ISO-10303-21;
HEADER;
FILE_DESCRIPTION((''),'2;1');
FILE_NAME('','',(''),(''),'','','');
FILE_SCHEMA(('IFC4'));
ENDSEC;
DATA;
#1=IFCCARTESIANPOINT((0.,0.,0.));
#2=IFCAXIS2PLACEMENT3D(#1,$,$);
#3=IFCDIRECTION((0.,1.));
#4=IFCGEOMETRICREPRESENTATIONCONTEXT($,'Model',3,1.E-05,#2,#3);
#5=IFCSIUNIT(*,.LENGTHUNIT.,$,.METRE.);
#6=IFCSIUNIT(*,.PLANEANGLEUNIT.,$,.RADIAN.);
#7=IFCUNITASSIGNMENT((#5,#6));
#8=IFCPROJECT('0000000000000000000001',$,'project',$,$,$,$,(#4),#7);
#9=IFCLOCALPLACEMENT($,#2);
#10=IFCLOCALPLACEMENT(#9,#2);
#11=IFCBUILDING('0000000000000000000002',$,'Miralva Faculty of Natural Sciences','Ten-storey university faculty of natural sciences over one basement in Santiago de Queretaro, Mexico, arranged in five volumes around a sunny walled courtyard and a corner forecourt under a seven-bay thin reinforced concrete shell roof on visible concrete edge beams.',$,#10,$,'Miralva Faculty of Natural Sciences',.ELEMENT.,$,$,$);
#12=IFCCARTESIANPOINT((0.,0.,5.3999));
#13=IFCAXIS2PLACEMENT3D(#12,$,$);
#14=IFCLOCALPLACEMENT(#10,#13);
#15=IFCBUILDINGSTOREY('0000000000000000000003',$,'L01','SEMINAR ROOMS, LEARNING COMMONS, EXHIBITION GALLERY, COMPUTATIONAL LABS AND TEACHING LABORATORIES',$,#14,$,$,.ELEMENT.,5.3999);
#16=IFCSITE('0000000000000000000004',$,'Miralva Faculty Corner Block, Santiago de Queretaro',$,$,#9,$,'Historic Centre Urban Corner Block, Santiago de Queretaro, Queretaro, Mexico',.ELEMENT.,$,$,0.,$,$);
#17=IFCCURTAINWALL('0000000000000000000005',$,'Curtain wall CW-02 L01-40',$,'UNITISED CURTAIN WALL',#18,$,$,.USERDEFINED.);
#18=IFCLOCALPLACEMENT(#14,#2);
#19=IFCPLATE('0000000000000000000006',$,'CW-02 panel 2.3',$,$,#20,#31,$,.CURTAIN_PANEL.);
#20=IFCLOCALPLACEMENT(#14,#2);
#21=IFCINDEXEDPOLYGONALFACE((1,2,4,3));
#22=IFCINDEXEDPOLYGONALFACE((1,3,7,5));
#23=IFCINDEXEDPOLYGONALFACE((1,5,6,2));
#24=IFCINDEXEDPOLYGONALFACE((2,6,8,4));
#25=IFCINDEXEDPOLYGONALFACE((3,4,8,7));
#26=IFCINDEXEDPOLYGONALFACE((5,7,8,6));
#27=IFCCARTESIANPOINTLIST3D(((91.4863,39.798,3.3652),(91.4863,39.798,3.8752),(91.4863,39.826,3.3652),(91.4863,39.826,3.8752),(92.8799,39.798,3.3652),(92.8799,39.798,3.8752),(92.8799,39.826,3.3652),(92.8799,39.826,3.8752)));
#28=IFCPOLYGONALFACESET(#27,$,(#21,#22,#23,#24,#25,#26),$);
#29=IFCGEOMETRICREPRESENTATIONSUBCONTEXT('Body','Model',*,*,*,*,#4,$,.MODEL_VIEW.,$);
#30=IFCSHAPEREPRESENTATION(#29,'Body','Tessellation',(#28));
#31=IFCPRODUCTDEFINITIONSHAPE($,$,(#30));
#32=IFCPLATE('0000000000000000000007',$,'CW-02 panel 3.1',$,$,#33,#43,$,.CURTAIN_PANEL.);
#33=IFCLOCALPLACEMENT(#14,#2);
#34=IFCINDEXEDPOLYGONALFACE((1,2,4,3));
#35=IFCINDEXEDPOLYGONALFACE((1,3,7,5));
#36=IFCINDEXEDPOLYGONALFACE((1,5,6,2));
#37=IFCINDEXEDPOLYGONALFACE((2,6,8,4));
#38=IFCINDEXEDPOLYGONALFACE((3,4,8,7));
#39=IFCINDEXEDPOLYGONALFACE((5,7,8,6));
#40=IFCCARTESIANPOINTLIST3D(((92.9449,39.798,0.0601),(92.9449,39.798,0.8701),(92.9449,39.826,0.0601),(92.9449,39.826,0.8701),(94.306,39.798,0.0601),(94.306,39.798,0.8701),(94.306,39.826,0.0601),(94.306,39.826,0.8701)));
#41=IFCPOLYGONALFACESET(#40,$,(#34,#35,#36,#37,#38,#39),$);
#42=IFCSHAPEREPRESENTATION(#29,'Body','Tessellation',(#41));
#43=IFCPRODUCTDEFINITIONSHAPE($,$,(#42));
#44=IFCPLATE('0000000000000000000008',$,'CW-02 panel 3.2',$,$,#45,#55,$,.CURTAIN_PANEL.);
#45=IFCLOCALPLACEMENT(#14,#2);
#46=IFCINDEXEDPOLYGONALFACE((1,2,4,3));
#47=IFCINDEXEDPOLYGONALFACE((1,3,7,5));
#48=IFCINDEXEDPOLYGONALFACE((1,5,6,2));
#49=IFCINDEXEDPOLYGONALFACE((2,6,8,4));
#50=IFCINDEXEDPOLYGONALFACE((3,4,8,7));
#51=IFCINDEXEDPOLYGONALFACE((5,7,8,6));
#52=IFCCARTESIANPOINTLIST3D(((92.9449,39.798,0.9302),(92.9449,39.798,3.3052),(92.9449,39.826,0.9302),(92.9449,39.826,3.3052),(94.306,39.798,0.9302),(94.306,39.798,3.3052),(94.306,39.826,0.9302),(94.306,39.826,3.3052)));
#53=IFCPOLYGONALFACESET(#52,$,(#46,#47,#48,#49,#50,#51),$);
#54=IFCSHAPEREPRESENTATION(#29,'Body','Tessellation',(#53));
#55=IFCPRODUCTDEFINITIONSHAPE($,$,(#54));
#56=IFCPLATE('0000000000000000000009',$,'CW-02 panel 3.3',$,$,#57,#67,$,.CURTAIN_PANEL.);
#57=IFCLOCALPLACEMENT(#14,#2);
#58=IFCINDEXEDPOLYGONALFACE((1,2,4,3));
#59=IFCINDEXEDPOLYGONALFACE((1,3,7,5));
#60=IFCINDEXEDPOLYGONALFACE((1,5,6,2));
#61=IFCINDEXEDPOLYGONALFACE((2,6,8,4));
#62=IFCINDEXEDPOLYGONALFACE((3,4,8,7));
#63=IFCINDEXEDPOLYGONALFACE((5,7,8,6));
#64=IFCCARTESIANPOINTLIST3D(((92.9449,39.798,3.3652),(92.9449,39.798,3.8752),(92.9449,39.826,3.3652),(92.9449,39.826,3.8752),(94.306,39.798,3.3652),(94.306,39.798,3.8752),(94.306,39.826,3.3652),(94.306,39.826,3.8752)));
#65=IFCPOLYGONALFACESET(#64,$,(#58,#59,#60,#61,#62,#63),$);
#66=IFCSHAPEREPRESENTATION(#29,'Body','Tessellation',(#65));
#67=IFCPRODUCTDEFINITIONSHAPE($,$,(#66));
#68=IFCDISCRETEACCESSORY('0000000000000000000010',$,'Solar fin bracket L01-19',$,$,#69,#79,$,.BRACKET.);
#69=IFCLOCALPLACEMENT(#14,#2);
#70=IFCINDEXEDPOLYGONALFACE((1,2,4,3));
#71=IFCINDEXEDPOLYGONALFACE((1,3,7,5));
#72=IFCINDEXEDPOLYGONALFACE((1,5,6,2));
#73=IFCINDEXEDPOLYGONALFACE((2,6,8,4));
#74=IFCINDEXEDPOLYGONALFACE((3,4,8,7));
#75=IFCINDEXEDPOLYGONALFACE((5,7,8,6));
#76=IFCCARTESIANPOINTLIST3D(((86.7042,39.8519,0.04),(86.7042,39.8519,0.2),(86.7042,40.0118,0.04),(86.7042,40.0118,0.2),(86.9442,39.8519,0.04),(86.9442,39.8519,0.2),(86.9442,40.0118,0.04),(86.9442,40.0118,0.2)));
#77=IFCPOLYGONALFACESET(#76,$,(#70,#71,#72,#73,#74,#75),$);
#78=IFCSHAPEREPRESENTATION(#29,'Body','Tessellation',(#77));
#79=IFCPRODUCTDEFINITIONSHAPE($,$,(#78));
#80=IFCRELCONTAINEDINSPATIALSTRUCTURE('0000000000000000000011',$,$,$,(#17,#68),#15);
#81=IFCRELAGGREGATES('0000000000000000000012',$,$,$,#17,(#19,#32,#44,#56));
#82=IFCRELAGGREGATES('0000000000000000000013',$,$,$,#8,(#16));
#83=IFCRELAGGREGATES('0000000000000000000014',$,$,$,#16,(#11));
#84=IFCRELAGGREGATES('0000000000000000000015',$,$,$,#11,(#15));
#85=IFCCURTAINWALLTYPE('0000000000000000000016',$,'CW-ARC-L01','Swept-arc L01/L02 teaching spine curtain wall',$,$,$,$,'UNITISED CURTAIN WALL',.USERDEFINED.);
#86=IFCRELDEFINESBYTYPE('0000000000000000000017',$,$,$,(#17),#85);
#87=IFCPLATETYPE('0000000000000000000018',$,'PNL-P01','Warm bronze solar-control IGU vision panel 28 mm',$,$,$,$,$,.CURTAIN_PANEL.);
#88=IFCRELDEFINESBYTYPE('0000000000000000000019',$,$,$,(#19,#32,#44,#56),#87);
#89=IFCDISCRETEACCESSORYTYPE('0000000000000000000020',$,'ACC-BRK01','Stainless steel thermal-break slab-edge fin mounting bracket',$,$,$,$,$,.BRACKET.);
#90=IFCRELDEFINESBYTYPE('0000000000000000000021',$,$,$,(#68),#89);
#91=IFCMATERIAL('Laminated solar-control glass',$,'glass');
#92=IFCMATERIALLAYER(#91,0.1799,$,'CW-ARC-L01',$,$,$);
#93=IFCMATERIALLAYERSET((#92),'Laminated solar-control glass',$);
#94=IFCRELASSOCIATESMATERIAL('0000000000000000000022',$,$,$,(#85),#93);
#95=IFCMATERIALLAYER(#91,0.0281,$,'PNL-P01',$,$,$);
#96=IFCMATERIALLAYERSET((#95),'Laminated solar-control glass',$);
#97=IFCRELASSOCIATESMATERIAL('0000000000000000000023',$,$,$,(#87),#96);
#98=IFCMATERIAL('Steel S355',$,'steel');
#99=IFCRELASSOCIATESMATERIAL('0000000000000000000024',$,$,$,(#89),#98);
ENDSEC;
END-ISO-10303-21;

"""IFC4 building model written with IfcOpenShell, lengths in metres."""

from ifc_helpers import new_model, si_unit, direction, frame, origin, origin_2d, place, context, subcontext, project, spatial, rectangle, extrude, material, layer, layer_set, type_object, element, aggregate, save


model = new_model("IFC4")

# Units and contexts
model_context = context("Model", 3, precision=1e-05, world=origin(), true_north=direction((0.0, 1.0)))
body_context = subcontext(model_context, "Body", "Model", "MODEL_VIEW")
ifc_project = project(units=[si_unit("LENGTHUNIT", "METRE"), si_unit("PLANEANGLEUNIT", "RADIAN")], contexts=[model_context])

# Site, building, storey
site_placement = place(None, origin())
site = spatial("IfcSite", under=ifc_project, at=site_placement, Name="Miralva Faculty Corner Block, Santiago de Queretaro", LongName="Historic Centre Urban Corner Block, Santiago de Queretaro, Queretaro, Mexico", CompositionType="ELEMENT", RefElevation=0.0)
building_placement = place(site_placement, origin())
building = spatial("IfcBuilding", under=site, at=building_placement, Name="Miralva Faculty of Natural Sciences", Description="Ten-storey university faculty of natural sciences over one basement in Santiago de Queretaro, Mexico, arranged in five volumes around a sunny walled courtyard and a corner forecourt under a seven-bay thin reinforced concrete shell roof on visible concrete edge beams.", LongName="Miralva Faculty of Natural Sciences", CompositionType="ELEMENT")
storey_placement = place(building_placement, frame((0.0, 0.0, 5.3999)))
storey = spatial("IfcBuildingStorey", under=building, at=storey_placement, Name="L01", Description="SEMINAR ROOMS, LEARNING COMMONS, EXHIBITION GALLERY, COMPUTATIONAL LABS AND TEACHING LABORATORIES", CompositionType="ELEMENT", Elevation=5.3999)

# Curtain wall, plates
ifc_material_1 = material(Name="Laminated solar-control glass", Category="glass")
ifc_layer_1 = layer(ifc_material_1, 0.1799, Name="CW-ARC-L01")
ifc_layer_set_1 = layer_set([ifc_layer_1], Name="Laminated solar-control glass")
curtain_wall_type = type_object("IfcCurtainWallType", Name="CW-ARC-L01", Description="Swept-arc L01/L02 teaching spine curtain wall", ElementType="UNITISED CURTAIN WALL", PredefinedType="USERDEFINED", material=ifc_layer_set_1)
curtain_wall_placement = place(storey_placement, origin())
curtain_wall = element("IfcCurtainWall", 1, at=curtain_wall_placement, inside=storey, type_object=curtain_wall_type, Name="Curtain wall CW-02 L01-40", ObjectType="UNITISED CURTAIN WALL", PredefinedType="USERDEFINED")
ifc_layer_2 = layer(ifc_material_1, 0.0281, Name="PNL-P01")
ifc_layer_set_2 = layer_set([ifc_layer_2], Name="Laminated solar-control glass")
plate_type = type_object("IfcPlateType", Name="PNL-P01", Description="Warm bronze solar-control IGU vision panel 28 mm", PredefinedType="CURTAIN_PANEL", material=ifc_layer_set_2)
plate_1_placement = place(storey_placement, frame((92.1831, 39.812, 3.3652), z_axis=(0.0, 0.0, 1.0), x_axis=(1.0, 0.0, 0.0)))
plate_1 = element("IfcPlate", 2, at=plate_1_placement, type_object=plate_type, Name="CW-02 panel 2.3", PredefinedType="CURTAIN_PANEL", context=body_context, shape_type="SweptSolid", body=[
    extrude(rectangle(XDim=1.3936, YDim=0.0281, at=origin_2d()), origin(), (0.0, 0.0, 1.0), 0.51),
])
plate_2_placement = place(storey_placement, frame((93.6255, 39.812, 0.0601), z_axis=(0.0, 0.0, 1.0), x_axis=(1.0, 0.0, 0.0)))
plate_2 = element("IfcPlate", 3, at=plate_2_placement, type_object=plate_type, Name="CW-02 panel 3.1", PredefinedType="CURTAIN_PANEL", context=body_context, shape_type="SweptSolid", body=[
    extrude(rectangle(XDim=1.3611, YDim=0.0281, at=origin_2d()), origin(), (0.0, 0.0, 1.0), 0.8101),
])
plate_3_placement = place(storey_placement, frame((93.6255, 39.812, 0.9302), z_axis=(0.0, 0.0, 1.0), x_axis=(1.0, 0.0, 0.0)))
plate_3 = element("IfcPlate", 4, at=plate_3_placement, type_object=plate_type, Name="CW-02 panel 3.2", PredefinedType="CURTAIN_PANEL", context=body_context, shape_type="SweptSolid", body=[
    extrude(rectangle(XDim=1.3611, YDim=0.0281, at=origin_2d()), origin(), (0.0, 0.0, 1.0), 2.375),
])
plate_4_placement = place(storey_placement, frame((93.6255, 39.812, 3.3652), z_axis=(0.0, 0.0, 1.0), x_axis=(1.0, 0.0, 0.0)))
plate_4 = element("IfcPlate", 5, at=plate_4_placement, type_object=plate_type, Name="CW-02 panel 3.3", PredefinedType="CURTAIN_PANEL", context=body_context, shape_type="SweptSolid", body=[
    extrude(rectangle(XDim=1.3611, YDim=0.0281, at=origin_2d()), origin(), (0.0, 0.0, 1.0), 0.51),
])
aggregate(curtain_wall, [plate_1, plate_2, plate_3, plate_4])

# Discrete accessory
ifc_material_2 = material(Name="Steel S355", Category="steel")
discrete_accessory_type = type_object("IfcDiscreteAccessoryType", Name="ACC-BRK01", Description="Stainless steel thermal-break slab-edge fin mounting bracket", PredefinedType="BRACKET", material=ifc_material_2)
discrete_accessory_placement = place(storey_placement, frame((86.8242, 39.9319, 0.04), z_axis=(0.0, 0.0, 1.0), x_axis=(0.0, 1.0, 0.0)))
element("IfcDiscreteAccessory", 6, at=discrete_accessory_placement, inside=storey, type_object=discrete_accessory_type, Name="Solar fin bracket L01-19", PredefinedType="BRACKET", context=body_context, shape_type="SweptSolid", body=[
    extrude(rectangle(XDim=0.1599, YDim=0.24, at=origin_2d()), origin(), (0.0, 0.0, 1.0), 0.1599),
])

save(model, "model.ifc")
